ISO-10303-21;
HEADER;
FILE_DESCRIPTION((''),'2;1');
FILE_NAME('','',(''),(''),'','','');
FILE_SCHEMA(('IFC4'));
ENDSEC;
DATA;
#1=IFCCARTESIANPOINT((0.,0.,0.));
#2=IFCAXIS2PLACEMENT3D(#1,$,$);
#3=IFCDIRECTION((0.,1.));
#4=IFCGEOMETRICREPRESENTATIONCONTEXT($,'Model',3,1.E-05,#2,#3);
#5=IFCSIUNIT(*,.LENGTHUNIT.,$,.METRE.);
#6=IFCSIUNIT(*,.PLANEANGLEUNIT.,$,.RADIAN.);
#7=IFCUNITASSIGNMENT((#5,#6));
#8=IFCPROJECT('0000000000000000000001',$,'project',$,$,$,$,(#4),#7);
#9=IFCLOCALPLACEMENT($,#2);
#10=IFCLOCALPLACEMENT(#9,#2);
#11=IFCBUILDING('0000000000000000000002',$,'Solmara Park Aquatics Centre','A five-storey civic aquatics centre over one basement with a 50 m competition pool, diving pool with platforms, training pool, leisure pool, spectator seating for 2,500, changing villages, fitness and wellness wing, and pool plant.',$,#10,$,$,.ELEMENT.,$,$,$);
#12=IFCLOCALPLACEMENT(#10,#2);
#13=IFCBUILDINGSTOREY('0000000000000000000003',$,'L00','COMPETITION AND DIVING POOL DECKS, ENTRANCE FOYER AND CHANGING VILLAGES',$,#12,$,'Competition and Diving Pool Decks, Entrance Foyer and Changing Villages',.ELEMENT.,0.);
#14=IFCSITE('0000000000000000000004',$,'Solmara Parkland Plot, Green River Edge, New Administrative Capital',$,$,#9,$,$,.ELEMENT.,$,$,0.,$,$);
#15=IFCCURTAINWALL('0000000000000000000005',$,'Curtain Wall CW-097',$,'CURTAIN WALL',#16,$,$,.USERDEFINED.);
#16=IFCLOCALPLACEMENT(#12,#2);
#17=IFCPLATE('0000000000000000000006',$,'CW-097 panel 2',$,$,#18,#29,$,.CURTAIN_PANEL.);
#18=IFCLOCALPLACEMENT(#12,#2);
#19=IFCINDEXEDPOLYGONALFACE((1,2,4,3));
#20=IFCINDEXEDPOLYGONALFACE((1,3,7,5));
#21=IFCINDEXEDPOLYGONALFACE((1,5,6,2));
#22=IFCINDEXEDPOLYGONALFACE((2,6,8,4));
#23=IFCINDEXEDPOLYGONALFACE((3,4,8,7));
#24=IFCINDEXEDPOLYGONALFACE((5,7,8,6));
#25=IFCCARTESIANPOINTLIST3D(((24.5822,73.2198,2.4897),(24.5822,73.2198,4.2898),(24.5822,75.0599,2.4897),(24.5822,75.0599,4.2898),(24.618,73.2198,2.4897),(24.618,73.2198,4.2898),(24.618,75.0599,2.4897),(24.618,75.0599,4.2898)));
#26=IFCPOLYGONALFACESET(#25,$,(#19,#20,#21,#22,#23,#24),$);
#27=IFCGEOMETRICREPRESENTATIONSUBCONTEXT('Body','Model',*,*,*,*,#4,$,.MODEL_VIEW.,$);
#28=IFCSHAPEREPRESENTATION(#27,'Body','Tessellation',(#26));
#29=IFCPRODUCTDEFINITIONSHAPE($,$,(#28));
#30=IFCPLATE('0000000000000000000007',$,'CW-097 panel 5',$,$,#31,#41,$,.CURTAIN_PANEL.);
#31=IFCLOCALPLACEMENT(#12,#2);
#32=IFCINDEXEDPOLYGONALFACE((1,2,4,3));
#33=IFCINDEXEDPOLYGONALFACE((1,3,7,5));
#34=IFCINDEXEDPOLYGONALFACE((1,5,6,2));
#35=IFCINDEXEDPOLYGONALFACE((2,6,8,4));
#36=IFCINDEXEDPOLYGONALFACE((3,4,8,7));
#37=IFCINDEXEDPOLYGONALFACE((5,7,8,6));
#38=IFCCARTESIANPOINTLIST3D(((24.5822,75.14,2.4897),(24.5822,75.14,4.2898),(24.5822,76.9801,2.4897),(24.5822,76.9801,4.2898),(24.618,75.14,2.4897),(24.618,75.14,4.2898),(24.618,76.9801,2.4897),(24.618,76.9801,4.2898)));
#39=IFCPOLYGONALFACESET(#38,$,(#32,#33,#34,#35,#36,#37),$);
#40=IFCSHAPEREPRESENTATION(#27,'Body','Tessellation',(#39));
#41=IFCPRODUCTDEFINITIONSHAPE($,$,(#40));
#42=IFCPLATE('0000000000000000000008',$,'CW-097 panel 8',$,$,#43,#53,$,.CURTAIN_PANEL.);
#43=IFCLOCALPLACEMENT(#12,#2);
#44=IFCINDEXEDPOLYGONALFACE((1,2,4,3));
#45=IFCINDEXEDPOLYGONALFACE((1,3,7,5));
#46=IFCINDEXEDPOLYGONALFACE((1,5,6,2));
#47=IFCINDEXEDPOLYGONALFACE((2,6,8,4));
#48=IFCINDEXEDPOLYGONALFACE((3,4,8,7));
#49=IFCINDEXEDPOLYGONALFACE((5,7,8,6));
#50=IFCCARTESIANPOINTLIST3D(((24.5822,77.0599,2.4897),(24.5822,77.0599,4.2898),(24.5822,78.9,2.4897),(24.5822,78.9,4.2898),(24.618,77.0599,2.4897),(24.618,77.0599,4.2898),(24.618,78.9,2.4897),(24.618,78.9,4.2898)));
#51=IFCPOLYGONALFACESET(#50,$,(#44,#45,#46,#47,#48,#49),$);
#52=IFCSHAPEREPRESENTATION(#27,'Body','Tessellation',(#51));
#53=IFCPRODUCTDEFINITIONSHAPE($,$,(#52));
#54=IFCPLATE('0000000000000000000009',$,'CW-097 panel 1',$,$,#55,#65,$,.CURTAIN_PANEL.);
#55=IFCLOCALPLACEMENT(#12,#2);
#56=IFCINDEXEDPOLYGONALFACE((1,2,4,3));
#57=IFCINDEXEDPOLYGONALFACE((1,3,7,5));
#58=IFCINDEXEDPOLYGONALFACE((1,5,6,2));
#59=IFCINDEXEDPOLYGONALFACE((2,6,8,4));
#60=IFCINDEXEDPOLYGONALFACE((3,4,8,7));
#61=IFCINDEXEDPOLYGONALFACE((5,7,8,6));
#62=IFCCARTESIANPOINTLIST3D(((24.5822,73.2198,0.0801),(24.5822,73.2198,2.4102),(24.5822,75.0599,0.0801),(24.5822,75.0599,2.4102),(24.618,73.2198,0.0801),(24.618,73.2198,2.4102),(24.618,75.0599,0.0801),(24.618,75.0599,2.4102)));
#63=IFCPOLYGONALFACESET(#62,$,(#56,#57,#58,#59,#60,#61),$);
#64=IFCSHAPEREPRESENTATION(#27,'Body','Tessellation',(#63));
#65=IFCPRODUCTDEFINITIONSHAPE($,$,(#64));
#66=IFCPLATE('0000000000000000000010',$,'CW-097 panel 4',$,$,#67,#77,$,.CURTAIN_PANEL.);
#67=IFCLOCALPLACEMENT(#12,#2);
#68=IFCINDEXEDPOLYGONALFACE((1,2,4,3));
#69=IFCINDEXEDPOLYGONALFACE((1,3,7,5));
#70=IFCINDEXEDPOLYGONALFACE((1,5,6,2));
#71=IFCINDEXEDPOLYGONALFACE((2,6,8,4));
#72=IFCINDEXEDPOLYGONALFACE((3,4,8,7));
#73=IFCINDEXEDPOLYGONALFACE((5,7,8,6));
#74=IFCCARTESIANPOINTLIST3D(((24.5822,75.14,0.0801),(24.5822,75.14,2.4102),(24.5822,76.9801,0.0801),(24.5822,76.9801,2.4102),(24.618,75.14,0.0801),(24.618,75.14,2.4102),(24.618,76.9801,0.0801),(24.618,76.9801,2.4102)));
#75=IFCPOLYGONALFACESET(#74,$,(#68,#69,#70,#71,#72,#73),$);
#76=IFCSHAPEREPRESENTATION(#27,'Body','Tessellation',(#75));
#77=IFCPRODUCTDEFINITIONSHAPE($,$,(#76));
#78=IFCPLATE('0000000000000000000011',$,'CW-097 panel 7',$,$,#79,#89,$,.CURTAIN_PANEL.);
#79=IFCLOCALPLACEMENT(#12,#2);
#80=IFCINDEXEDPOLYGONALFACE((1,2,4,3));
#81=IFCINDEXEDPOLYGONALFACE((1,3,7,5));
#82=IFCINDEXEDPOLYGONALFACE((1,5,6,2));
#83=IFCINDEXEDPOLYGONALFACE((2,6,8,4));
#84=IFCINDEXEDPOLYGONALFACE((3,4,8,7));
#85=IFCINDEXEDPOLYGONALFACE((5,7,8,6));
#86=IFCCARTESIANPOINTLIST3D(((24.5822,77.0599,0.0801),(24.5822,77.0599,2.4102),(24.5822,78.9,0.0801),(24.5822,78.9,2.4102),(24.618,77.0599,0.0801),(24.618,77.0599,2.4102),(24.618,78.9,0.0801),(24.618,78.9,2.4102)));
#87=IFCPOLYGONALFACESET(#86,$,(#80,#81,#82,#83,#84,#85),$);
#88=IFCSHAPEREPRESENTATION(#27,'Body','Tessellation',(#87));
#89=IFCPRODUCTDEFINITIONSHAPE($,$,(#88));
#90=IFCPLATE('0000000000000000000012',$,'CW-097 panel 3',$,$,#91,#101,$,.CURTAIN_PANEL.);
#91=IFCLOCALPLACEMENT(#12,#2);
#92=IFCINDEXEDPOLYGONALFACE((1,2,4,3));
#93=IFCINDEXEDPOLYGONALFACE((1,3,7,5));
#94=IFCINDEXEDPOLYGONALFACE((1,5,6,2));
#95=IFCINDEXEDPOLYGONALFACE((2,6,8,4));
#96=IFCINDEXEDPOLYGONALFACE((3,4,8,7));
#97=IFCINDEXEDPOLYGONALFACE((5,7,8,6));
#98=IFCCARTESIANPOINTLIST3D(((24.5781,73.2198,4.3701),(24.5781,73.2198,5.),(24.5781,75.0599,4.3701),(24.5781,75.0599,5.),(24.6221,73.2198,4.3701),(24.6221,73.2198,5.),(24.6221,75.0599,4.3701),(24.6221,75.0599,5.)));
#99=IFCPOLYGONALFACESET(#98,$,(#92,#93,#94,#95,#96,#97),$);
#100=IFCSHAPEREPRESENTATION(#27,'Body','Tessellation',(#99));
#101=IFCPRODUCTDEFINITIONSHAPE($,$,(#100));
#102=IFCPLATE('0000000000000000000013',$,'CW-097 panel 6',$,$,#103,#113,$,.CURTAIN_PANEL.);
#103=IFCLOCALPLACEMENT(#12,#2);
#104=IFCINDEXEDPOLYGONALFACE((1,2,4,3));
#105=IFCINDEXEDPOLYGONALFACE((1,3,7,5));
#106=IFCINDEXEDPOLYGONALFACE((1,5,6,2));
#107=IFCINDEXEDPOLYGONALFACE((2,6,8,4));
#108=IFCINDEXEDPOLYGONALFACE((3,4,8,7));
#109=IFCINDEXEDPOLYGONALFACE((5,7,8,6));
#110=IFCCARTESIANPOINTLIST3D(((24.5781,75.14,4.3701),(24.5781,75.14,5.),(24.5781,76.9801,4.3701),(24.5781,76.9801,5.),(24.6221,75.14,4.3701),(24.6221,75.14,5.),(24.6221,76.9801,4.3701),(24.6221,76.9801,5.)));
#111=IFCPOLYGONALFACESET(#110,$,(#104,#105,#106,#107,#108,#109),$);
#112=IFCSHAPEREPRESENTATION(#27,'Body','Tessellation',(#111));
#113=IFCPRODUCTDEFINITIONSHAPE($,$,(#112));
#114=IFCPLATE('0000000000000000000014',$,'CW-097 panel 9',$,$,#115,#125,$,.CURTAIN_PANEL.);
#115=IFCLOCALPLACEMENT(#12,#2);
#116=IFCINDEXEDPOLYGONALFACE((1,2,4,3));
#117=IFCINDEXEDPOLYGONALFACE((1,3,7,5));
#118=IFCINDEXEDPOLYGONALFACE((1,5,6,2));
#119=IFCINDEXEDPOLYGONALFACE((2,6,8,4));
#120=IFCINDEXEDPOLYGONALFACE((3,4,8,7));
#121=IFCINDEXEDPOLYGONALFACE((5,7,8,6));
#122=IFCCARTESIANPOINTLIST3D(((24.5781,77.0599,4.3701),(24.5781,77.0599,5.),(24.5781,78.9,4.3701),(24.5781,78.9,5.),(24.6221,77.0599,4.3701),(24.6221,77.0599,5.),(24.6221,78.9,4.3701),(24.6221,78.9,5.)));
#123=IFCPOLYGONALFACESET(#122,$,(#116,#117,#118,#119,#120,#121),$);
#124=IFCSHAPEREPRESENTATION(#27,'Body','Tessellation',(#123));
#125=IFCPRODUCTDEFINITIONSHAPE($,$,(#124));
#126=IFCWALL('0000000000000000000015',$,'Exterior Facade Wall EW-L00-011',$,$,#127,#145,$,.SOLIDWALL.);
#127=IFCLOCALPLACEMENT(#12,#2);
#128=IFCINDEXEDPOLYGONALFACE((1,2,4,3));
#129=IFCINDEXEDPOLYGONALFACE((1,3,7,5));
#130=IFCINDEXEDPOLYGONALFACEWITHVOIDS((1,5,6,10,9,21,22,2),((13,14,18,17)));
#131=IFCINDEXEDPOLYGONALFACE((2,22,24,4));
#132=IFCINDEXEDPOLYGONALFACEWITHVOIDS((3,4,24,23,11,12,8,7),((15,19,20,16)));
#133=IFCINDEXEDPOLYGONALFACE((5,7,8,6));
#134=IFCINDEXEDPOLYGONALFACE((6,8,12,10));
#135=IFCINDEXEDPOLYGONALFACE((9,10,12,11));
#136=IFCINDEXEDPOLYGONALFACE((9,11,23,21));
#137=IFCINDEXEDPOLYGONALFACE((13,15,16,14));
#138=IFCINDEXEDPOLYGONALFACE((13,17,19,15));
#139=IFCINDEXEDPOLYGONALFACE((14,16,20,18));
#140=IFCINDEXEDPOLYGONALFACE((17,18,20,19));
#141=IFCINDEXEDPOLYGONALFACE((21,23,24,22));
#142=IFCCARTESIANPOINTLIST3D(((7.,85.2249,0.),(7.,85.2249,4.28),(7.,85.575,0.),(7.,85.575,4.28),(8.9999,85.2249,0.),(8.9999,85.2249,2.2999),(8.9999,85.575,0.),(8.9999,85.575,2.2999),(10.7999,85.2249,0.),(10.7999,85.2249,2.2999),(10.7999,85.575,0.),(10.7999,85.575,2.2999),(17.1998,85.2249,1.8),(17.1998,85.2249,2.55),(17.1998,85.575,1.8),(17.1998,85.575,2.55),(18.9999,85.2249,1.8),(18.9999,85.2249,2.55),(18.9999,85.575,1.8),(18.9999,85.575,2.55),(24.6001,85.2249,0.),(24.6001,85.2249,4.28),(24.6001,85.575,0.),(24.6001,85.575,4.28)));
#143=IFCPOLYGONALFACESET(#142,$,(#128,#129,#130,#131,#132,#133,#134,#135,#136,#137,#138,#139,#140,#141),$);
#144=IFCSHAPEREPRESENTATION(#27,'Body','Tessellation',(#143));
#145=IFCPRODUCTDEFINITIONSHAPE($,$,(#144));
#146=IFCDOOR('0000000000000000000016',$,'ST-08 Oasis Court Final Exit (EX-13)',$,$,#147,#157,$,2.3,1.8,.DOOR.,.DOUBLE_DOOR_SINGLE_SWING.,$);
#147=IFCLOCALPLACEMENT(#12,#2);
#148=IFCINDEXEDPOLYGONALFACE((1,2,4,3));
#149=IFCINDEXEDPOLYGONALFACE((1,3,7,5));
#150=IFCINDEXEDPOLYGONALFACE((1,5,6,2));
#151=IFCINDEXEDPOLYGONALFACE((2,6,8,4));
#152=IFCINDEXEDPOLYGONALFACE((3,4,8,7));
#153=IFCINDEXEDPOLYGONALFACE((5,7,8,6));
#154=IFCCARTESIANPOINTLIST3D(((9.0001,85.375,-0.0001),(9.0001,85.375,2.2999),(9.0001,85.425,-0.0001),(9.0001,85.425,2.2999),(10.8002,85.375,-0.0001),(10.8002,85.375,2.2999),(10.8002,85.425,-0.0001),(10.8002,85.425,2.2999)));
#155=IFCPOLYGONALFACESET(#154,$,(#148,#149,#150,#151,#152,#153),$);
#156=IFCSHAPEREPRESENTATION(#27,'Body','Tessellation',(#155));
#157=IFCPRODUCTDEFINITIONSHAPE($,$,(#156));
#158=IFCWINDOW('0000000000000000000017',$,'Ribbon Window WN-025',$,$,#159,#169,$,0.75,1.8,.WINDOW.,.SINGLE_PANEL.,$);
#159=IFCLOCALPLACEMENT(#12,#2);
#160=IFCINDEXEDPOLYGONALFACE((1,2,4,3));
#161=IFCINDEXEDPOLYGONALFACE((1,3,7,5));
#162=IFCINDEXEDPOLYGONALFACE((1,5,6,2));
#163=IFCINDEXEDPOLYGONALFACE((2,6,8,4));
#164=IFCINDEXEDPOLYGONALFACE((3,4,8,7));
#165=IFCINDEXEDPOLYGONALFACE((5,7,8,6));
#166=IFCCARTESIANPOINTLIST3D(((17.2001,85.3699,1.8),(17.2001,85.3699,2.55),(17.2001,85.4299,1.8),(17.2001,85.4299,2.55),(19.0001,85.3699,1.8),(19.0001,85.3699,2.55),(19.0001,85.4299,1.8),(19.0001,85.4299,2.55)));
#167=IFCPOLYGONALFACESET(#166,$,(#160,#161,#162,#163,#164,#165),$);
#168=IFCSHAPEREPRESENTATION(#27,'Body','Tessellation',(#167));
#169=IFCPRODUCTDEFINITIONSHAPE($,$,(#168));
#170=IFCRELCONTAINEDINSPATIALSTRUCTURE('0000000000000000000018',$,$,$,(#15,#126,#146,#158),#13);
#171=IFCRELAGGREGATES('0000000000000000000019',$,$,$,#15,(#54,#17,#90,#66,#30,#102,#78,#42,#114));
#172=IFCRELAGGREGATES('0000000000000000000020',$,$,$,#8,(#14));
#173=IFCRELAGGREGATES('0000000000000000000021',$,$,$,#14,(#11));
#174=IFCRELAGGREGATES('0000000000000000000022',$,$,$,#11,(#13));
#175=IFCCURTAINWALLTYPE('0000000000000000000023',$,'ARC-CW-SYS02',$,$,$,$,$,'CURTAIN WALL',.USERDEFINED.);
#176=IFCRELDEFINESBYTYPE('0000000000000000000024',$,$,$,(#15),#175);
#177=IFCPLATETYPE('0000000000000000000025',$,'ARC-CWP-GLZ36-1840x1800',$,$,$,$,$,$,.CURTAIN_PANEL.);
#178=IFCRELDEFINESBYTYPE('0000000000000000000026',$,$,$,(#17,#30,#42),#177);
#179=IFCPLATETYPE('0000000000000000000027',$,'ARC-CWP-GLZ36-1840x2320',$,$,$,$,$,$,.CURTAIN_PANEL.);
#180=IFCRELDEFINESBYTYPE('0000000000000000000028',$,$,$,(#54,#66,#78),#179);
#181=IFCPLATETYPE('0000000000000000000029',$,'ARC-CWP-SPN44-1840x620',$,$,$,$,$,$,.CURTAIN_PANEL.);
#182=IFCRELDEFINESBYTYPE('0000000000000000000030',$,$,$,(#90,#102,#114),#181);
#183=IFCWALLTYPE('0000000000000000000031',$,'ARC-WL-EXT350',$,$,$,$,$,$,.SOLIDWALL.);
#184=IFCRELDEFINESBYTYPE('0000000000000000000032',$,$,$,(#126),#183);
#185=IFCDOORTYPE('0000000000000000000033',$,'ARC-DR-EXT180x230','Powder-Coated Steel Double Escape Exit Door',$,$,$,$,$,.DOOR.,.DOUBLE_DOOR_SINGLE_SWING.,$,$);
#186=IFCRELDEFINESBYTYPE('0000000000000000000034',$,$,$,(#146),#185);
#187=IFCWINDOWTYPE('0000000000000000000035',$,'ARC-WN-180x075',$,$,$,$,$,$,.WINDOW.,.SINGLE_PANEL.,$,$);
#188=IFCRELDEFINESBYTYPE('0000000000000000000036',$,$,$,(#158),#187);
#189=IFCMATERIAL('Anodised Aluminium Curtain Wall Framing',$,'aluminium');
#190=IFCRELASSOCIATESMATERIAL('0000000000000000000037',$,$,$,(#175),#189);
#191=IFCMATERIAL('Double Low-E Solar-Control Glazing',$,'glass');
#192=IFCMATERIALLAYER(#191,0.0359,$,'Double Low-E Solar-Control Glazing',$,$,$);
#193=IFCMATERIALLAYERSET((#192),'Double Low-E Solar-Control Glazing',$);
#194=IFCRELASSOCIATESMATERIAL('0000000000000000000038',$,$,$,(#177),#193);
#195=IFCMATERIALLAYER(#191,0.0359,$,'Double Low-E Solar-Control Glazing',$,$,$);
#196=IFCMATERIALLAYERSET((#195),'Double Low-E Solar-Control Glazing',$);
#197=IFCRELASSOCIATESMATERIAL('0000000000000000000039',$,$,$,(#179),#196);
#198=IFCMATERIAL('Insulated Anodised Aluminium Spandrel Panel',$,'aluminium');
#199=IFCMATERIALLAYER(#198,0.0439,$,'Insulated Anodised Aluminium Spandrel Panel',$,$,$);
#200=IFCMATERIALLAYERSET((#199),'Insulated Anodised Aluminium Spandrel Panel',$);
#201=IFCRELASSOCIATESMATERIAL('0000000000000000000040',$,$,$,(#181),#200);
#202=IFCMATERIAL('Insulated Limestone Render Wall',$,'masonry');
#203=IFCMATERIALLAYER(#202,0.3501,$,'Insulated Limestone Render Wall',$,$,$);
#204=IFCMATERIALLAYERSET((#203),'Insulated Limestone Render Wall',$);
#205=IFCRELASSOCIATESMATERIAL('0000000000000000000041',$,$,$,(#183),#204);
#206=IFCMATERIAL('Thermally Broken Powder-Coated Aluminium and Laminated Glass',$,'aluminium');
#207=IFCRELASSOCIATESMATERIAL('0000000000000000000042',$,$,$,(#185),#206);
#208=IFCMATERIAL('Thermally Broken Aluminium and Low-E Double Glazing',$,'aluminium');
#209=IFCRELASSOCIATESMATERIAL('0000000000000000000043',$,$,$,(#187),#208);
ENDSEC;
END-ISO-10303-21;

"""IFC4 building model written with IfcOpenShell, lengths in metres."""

from ifc_helpers import new_model, si_unit, direction, frame, frame_2d, origin, origin_2d, place, context, subcontext, project, spatial, rectangle, extrude, material, layer, layer_set, type_object, element, fill, aggregate, save


model = new_model("IFC4")

# Units and contexts
model_context = context("Model", 3, precision=1e-05, world=origin(), true_north=direction((0.0, 1.0)))
body_context = subcontext(model_context, "Body", "Model", "MODEL_VIEW")
ifc_project = project(units=[si_unit("LENGTHUNIT", "METRE"), si_unit("PLANEANGLEUNIT", "RADIAN")], contexts=[model_context])

# Site, building, storey
site_placement = place(None, origin())
site = spatial("IfcSite", under=ifc_project, at=site_placement, Name="Solmara Parkland Plot, Green River Edge, New Administrative Capital", CompositionType="ELEMENT", RefElevation=0.0)
building_placement = place(site_placement, origin())
building = spatial("IfcBuilding", under=site, at=building_placement, Name="Solmara Park Aquatics Centre", Description="A five-storey civic aquatics centre over one basement with a 50 m competition pool, diving pool with platforms, training pool, leisure pool, spectator seating for 2,500, changing villages, fitness and wellness wing, and pool plant.", CompositionType="ELEMENT")
storey_placement = place(building_placement, origin())
storey = spatial("IfcBuildingStorey", under=building, at=storey_placement, Name="L00", Description="COMPETITION AND DIVING POOL DECKS, ENTRANCE FOYER AND CHANGING VILLAGES", LongName="Competition and Diving Pool Decks, Entrance Foyer and Changing Villages", CompositionType="ELEMENT", Elevation=0.0)

# Curtain wall
ifc_material_1 = material(Name="Anodised Aluminium Curtain Wall Framing", Category="aluminium")
curtain_wall_type = type_object("IfcCurtainWallType", Name="ARC-CW-SYS02", ElementType="CURTAIN WALL", PredefinedType="USERDEFINED", material=ifc_material_1)
curtain_wall_1_placement = place(storey_placement, origin())
curtain_wall_1 = element("IfcCurtainWall", 1, at=curtain_wall_1_placement, inside=storey, type_object=curtain_wall_type, Name="Curtain Wall CW-097", ObjectType="CURTAIN WALL", PredefinedType="USERDEFINED")

# Plates
ifc_material_2 = material(Name="Double Low-E Solar-Control Glazing", Category="glass")
ifc_layer_1 = layer(ifc_material_2, 0.0359, Name="Double Low-E Solar-Control Glazing")
ifc_layer_set_1 = layer_set([ifc_layer_1], Name="Double Low-E Solar-Control Glazing")
plate_type_1 = type_object("IfcPlateType", Name="ARC-CWP-GLZ36-1840x1800", PredefinedType="CURTAIN_PANEL", material=ifc_layer_set_1)
plate_1_placement = place(storey_placement, frame((24.6001, 74.1399, 2.4897), z_axis=(0.0, 0.0, 1.0), x_axis=(0.0, 1.0, 0.0)))
plate_1 = element("IfcPlate", 2, at=plate_1_placement, type_object=plate_type_1, Name="CW-097 panel 2", PredefinedType="CURTAIN_PANEL", context=body_context, shape_type="SweptSolid", body=[
    extrude(rectangle(XDim=1.8401, YDim=0.0359, at=origin_2d()), origin(), (0.0, 0.0, 1.0), 1.8),
])
plate_2_placement = place(storey_placement, frame((24.6001, 76.0601, 2.4897), z_axis=(0.0, 0.0, 1.0), x_axis=(0.0, 1.0, 0.0)))
plate_2 = element("IfcPlate", 3, at=plate_2_placement, type_object=plate_type_1, Name="CW-097 panel 5", PredefinedType="CURTAIN_PANEL", context=body_context, shape_type="SweptSolid", body=[
    extrude(rectangle(XDim=1.8401, YDim=0.0359, at=origin_2d()), origin(), (0.0, 0.0, 1.0), 1.8),
])
plate_3_placement = place(storey_placement, frame((24.6001, 77.98, 2.4897), z_axis=(0.0, 0.0, 1.0), x_axis=(0.0, 1.0, 0.0)))
plate_3 = element("IfcPlate", 4, at=plate_3_placement, type_object=plate_type_1, Name="CW-097 panel 8", PredefinedType="CURTAIN_PANEL", context=body_context, shape_type="SweptSolid", body=[
    extrude(rectangle(XDim=1.8401, YDim=0.0359, at=origin_2d()), origin(), (0.0, 0.0, 1.0), 1.8),
])
ifc_layer_2 = layer(ifc_material_2, 0.0359, Name="Double Low-E Solar-Control Glazing")
ifc_layer_set_2 = layer_set([ifc_layer_2], Name="Double Low-E Solar-Control Glazing")
plate_type_2 = type_object("IfcPlateType", Name="ARC-CWP-GLZ36-1840x2320", PredefinedType="CURTAIN_PANEL", material=ifc_layer_set_2)
plate_4_placement = place(storey_placement, frame((24.6001, 74.1399, 0.0801), z_axis=(0.0, 0.0, 1.0), x_axis=(0.0, 1.0, 0.0)))
plate_4 = element("IfcPlate", 5, at=plate_4_placement, type_object=plate_type_2, Name="CW-097 panel 1", PredefinedType="CURTAIN_PANEL", context=body_context, shape_type="SweptSolid", body=[
    extrude(rectangle(XDim=1.8401, YDim=0.0359, at=origin_2d()), origin(), (0.0, 0.0, 1.0), 2.3301),
])
plate_5_placement = place(storey_placement, frame((24.6001, 76.0601, 0.0801), z_axis=(0.0, 0.0, 1.0), x_axis=(0.0, 1.0, 0.0)))
plate_5 = element("IfcPlate", 6, at=plate_5_placement, type_object=plate_type_2, Name="CW-097 panel 4", PredefinedType="CURTAIN_PANEL", context=body_context, shape_type="SweptSolid", body=[
    extrude(rectangle(XDim=1.8401, YDim=0.0359, at=origin_2d()), origin(), (0.0, 0.0, 1.0), 2.3301),
])
plate_6_placement = place(storey_placement, frame((24.6001, 77.98, 0.0801), z_axis=(0.0, 0.0, 1.0), x_axis=(0.0, 1.0, 0.0)))
plate_6 = element("IfcPlate", 7, at=plate_6_placement, type_object=plate_type_2, Name="CW-097 panel 7", PredefinedType="CURTAIN_PANEL", context=body_context, shape_type="SweptSolid", body=[
    extrude(rectangle(XDim=1.8401, YDim=0.0359, at=origin_2d()), origin(), (0.0, 0.0, 1.0), 2.3301),
])
ifc_material_3 = material(Name="Insulated Anodised Aluminium Spandrel Panel", Category="aluminium")
ifc_layer_3 = layer(ifc_material_3, 0.0439, Name="Insulated Anodised Aluminium Spandrel Panel")
ifc_layer_set_3 = layer_set([ifc_layer_3], Name="Insulated Anodised Aluminium Spandrel Panel")
plate_type_3 = type_object("IfcPlateType", Name="ARC-CWP-SPN44-1840x620", PredefinedType="CURTAIN_PANEL", material=ifc_layer_set_3)
plate_7_placement = place(storey_placement, frame((24.6001, 74.1399, 4.3701), z_axis=(0.0, 0.0, 1.0), x_axis=(0.0, 1.0, 0.0)))
plate_7 = element("IfcPlate", 8, at=plate_7_placement, type_object=plate_type_3, Name="CW-097 panel 3", PredefinedType="CURTAIN_PANEL", context=body_context, shape_type="SweptSolid", body=[
    extrude(rectangle(XDim=1.8401, YDim=0.0439, at=origin_2d()), origin(), (0.0, 0.0, 1.0), 0.6299),
])
plate_8_placement = place(storey_placement, frame((24.6001, 76.0601, 4.3701), z_axis=(0.0, 0.0, 1.0), x_axis=(0.0, 1.0, 0.0)))
plate_8 = element("IfcPlate", 9, at=plate_8_placement, type_object=plate_type_3, Name="CW-097 panel 6", PredefinedType="CURTAIN_PANEL", context=body_context, shape_type="SweptSolid", body=[
    extrude(rectangle(XDim=1.8401, YDim=0.0439, at=origin_2d()), origin(), (0.0, 0.0, 1.0), 0.6299),
])
plate_9_placement = place(storey_placement, frame((24.6001, 77.98, 4.3701), z_axis=(0.0, 0.0, 1.0), x_axis=(0.0, 1.0, 0.0)))
plate_9 = element("IfcPlate", 10, at=plate_9_placement, type_object=plate_type_3, Name="CW-097 panel 9", PredefinedType="CURTAIN_PANEL", context=body_context, shape_type="SweptSolid", body=[
    extrude(rectangle(XDim=1.8401, YDim=0.0439, at=origin_2d()), origin(), (0.0, 0.0, 1.0), 0.6299),
])
aggregate(curtain_wall_1, [plate_4, plate_1, plate_7, plate_5, plate_2, plate_8, plate_6, plate_3, plate_9])

# Wall, openings, door, window
ifc_material_4 = material(Name="Insulated Limestone Render Wall", Category="masonry")
ifc_layer_4 = layer(ifc_material_4, 0.3501, Name="Insulated Limestone Render Wall")
ifc_layer_set_4 = layer_set([ifc_layer_4], Name="Insulated Limestone Render Wall")
wall_type_1 = type_object("IfcWallType", Name="ARC-WL-EXT350", PredefinedType="SOLIDWALL", material=ifc_layer_set_4)
wall_1_placement = place(storey_placement, frame((7.0, 85.3999, 0.0), z_axis=(0.0, 0.0, 1.0), x_axis=(1.0, 0.0, 0.0)))
wall_1 = element("IfcWall", 11, at=wall_1_placement, inside=storey, type_object=wall_type_1, Name="Exterior Facade Wall EW-L00-011", PredefinedType="SOLIDWALL", context=body_context, shape_type="SweptSolid", body=[
    extrude(rectangle(XDim=17.6001, YDim=0.3501, at=frame_2d((8.8, 0.0))), origin(), (0.0, 0.0, 1.0), 4.28),
])
opening_1_placement = place(wall_1_placement, frame((2.0, 0.0, 0.0)))
opening_1 = element("IfcOpeningElement", 12, at=opening_1_placement, cuts=wall_1, PredefinedType="OPENING", context=body_context, shape_type="SweptSolid", body=[
    extrude(rectangle(XDim=1.8, YDim=2.3, at=frame_2d((0.8999, 1.1499))), frame((0.0, 0.1851, 0.0), z_axis=(0.0, -1.0, 0.0), x_axis=(1.0, 0.0, 0.0)), (0.0, 0.0, 1.0), 0.3701),
])
opening_2_placement = place(wall_1_placement, frame((10.2, 0.0, 1.8)))
opening_2 = element("IfcOpeningElement", 13, at=opening_2_placement, cuts=wall_1, PredefinedType="OPENING", context=body_context, shape_type="SweptSolid", body=[
    extrude(rectangle(XDim=1.8, YDim=0.75, at=frame_2d((0.8999, 0.375))), frame((0.0, 0.1851, 0.0), z_axis=(0.0, -1.0, 0.0), x_axis=(1.0, 0.0, 0.0)), (0.0, 0.0, 1.0), 0.3701),
])
ifc_material_5 = material(Name="Thermally Broken Powder-Coated Aluminium and Laminated Glass", Category="aluminium")
door_type = type_object("IfcDoorType", Name="ARC-DR-EXT180x230", Description="Powder-Coated Steel Double Escape Exit Door", OperationType="DOUBLE_DOOR_SINGLE_SWING", PredefinedType="DOOR", material=ifc_material_5)
door_placement = place(opening_1_placement, frame((1.8, 0.0, 0.0), z_axis=(0.0, 0.0, 1.0), x_axis=(-1.0, 0.0, 0.0)))
door = element("IfcDoor", 14, at=door_placement, inside=storey, type_object=door_type, Name="ST-08 Oasis Court Final Exit (EX-13)", OperationType="DOUBLE_DOOR_SINGLE_SWING", OverallHeight=2.3, OverallWidth=1.8, PredefinedType="DOOR", context=body_context, shape_type="SweptSolid", body=[
    extrude(rectangle(XDim=1.8, YDim=2.3, at=frame_2d((0.8999, 1.1499))), frame((0.0, 0.0249, 0.0), z_axis=(0.0, -1.0, 0.0), x_axis=(1.0, 0.0, 0.0)), (0.0, 0.0, 1.0), 0.05),
])
fill(opening_1, door)
ifc_material_6 = material(Name="Thermally Broken Aluminium and Low-E Double Glazing", Category="aluminium")
window_type = type_object("IfcWindowType", Name="ARC-WN-180x075", PartitioningType="SINGLE_PANEL", PredefinedType="WINDOW", material=ifc_material_6)
window_placement = place(opening_2_placement, frame((1.8, 0.0, 0.0), z_axis=(0.0, 0.0, 1.0), x_axis=(-1.0, 0.0, 0.0)))
window = element("IfcWindow", 15, at=window_placement, inside=storey, type_object=window_type, Name="Ribbon Window WN-025", OverallHeight=0.75, OverallWidth=1.8, PartitioningType="SINGLE_PANEL", PredefinedType="WINDOW", context=body_context, shape_type="SweptSolid", body=[
    extrude(rectangle(XDim=1.8, YDim=0.75, at=frame_2d((0.8999, 0.375))), frame((0.0, 0.03, 0.0), z_axis=(0.0, -1.0, 0.0), x_axis=(1.0, 0.0, 0.0)), (0.0, 0.0, 1.0), 0.0601),
])
fill(opening_2, window)

save(model, "model.ifc")
